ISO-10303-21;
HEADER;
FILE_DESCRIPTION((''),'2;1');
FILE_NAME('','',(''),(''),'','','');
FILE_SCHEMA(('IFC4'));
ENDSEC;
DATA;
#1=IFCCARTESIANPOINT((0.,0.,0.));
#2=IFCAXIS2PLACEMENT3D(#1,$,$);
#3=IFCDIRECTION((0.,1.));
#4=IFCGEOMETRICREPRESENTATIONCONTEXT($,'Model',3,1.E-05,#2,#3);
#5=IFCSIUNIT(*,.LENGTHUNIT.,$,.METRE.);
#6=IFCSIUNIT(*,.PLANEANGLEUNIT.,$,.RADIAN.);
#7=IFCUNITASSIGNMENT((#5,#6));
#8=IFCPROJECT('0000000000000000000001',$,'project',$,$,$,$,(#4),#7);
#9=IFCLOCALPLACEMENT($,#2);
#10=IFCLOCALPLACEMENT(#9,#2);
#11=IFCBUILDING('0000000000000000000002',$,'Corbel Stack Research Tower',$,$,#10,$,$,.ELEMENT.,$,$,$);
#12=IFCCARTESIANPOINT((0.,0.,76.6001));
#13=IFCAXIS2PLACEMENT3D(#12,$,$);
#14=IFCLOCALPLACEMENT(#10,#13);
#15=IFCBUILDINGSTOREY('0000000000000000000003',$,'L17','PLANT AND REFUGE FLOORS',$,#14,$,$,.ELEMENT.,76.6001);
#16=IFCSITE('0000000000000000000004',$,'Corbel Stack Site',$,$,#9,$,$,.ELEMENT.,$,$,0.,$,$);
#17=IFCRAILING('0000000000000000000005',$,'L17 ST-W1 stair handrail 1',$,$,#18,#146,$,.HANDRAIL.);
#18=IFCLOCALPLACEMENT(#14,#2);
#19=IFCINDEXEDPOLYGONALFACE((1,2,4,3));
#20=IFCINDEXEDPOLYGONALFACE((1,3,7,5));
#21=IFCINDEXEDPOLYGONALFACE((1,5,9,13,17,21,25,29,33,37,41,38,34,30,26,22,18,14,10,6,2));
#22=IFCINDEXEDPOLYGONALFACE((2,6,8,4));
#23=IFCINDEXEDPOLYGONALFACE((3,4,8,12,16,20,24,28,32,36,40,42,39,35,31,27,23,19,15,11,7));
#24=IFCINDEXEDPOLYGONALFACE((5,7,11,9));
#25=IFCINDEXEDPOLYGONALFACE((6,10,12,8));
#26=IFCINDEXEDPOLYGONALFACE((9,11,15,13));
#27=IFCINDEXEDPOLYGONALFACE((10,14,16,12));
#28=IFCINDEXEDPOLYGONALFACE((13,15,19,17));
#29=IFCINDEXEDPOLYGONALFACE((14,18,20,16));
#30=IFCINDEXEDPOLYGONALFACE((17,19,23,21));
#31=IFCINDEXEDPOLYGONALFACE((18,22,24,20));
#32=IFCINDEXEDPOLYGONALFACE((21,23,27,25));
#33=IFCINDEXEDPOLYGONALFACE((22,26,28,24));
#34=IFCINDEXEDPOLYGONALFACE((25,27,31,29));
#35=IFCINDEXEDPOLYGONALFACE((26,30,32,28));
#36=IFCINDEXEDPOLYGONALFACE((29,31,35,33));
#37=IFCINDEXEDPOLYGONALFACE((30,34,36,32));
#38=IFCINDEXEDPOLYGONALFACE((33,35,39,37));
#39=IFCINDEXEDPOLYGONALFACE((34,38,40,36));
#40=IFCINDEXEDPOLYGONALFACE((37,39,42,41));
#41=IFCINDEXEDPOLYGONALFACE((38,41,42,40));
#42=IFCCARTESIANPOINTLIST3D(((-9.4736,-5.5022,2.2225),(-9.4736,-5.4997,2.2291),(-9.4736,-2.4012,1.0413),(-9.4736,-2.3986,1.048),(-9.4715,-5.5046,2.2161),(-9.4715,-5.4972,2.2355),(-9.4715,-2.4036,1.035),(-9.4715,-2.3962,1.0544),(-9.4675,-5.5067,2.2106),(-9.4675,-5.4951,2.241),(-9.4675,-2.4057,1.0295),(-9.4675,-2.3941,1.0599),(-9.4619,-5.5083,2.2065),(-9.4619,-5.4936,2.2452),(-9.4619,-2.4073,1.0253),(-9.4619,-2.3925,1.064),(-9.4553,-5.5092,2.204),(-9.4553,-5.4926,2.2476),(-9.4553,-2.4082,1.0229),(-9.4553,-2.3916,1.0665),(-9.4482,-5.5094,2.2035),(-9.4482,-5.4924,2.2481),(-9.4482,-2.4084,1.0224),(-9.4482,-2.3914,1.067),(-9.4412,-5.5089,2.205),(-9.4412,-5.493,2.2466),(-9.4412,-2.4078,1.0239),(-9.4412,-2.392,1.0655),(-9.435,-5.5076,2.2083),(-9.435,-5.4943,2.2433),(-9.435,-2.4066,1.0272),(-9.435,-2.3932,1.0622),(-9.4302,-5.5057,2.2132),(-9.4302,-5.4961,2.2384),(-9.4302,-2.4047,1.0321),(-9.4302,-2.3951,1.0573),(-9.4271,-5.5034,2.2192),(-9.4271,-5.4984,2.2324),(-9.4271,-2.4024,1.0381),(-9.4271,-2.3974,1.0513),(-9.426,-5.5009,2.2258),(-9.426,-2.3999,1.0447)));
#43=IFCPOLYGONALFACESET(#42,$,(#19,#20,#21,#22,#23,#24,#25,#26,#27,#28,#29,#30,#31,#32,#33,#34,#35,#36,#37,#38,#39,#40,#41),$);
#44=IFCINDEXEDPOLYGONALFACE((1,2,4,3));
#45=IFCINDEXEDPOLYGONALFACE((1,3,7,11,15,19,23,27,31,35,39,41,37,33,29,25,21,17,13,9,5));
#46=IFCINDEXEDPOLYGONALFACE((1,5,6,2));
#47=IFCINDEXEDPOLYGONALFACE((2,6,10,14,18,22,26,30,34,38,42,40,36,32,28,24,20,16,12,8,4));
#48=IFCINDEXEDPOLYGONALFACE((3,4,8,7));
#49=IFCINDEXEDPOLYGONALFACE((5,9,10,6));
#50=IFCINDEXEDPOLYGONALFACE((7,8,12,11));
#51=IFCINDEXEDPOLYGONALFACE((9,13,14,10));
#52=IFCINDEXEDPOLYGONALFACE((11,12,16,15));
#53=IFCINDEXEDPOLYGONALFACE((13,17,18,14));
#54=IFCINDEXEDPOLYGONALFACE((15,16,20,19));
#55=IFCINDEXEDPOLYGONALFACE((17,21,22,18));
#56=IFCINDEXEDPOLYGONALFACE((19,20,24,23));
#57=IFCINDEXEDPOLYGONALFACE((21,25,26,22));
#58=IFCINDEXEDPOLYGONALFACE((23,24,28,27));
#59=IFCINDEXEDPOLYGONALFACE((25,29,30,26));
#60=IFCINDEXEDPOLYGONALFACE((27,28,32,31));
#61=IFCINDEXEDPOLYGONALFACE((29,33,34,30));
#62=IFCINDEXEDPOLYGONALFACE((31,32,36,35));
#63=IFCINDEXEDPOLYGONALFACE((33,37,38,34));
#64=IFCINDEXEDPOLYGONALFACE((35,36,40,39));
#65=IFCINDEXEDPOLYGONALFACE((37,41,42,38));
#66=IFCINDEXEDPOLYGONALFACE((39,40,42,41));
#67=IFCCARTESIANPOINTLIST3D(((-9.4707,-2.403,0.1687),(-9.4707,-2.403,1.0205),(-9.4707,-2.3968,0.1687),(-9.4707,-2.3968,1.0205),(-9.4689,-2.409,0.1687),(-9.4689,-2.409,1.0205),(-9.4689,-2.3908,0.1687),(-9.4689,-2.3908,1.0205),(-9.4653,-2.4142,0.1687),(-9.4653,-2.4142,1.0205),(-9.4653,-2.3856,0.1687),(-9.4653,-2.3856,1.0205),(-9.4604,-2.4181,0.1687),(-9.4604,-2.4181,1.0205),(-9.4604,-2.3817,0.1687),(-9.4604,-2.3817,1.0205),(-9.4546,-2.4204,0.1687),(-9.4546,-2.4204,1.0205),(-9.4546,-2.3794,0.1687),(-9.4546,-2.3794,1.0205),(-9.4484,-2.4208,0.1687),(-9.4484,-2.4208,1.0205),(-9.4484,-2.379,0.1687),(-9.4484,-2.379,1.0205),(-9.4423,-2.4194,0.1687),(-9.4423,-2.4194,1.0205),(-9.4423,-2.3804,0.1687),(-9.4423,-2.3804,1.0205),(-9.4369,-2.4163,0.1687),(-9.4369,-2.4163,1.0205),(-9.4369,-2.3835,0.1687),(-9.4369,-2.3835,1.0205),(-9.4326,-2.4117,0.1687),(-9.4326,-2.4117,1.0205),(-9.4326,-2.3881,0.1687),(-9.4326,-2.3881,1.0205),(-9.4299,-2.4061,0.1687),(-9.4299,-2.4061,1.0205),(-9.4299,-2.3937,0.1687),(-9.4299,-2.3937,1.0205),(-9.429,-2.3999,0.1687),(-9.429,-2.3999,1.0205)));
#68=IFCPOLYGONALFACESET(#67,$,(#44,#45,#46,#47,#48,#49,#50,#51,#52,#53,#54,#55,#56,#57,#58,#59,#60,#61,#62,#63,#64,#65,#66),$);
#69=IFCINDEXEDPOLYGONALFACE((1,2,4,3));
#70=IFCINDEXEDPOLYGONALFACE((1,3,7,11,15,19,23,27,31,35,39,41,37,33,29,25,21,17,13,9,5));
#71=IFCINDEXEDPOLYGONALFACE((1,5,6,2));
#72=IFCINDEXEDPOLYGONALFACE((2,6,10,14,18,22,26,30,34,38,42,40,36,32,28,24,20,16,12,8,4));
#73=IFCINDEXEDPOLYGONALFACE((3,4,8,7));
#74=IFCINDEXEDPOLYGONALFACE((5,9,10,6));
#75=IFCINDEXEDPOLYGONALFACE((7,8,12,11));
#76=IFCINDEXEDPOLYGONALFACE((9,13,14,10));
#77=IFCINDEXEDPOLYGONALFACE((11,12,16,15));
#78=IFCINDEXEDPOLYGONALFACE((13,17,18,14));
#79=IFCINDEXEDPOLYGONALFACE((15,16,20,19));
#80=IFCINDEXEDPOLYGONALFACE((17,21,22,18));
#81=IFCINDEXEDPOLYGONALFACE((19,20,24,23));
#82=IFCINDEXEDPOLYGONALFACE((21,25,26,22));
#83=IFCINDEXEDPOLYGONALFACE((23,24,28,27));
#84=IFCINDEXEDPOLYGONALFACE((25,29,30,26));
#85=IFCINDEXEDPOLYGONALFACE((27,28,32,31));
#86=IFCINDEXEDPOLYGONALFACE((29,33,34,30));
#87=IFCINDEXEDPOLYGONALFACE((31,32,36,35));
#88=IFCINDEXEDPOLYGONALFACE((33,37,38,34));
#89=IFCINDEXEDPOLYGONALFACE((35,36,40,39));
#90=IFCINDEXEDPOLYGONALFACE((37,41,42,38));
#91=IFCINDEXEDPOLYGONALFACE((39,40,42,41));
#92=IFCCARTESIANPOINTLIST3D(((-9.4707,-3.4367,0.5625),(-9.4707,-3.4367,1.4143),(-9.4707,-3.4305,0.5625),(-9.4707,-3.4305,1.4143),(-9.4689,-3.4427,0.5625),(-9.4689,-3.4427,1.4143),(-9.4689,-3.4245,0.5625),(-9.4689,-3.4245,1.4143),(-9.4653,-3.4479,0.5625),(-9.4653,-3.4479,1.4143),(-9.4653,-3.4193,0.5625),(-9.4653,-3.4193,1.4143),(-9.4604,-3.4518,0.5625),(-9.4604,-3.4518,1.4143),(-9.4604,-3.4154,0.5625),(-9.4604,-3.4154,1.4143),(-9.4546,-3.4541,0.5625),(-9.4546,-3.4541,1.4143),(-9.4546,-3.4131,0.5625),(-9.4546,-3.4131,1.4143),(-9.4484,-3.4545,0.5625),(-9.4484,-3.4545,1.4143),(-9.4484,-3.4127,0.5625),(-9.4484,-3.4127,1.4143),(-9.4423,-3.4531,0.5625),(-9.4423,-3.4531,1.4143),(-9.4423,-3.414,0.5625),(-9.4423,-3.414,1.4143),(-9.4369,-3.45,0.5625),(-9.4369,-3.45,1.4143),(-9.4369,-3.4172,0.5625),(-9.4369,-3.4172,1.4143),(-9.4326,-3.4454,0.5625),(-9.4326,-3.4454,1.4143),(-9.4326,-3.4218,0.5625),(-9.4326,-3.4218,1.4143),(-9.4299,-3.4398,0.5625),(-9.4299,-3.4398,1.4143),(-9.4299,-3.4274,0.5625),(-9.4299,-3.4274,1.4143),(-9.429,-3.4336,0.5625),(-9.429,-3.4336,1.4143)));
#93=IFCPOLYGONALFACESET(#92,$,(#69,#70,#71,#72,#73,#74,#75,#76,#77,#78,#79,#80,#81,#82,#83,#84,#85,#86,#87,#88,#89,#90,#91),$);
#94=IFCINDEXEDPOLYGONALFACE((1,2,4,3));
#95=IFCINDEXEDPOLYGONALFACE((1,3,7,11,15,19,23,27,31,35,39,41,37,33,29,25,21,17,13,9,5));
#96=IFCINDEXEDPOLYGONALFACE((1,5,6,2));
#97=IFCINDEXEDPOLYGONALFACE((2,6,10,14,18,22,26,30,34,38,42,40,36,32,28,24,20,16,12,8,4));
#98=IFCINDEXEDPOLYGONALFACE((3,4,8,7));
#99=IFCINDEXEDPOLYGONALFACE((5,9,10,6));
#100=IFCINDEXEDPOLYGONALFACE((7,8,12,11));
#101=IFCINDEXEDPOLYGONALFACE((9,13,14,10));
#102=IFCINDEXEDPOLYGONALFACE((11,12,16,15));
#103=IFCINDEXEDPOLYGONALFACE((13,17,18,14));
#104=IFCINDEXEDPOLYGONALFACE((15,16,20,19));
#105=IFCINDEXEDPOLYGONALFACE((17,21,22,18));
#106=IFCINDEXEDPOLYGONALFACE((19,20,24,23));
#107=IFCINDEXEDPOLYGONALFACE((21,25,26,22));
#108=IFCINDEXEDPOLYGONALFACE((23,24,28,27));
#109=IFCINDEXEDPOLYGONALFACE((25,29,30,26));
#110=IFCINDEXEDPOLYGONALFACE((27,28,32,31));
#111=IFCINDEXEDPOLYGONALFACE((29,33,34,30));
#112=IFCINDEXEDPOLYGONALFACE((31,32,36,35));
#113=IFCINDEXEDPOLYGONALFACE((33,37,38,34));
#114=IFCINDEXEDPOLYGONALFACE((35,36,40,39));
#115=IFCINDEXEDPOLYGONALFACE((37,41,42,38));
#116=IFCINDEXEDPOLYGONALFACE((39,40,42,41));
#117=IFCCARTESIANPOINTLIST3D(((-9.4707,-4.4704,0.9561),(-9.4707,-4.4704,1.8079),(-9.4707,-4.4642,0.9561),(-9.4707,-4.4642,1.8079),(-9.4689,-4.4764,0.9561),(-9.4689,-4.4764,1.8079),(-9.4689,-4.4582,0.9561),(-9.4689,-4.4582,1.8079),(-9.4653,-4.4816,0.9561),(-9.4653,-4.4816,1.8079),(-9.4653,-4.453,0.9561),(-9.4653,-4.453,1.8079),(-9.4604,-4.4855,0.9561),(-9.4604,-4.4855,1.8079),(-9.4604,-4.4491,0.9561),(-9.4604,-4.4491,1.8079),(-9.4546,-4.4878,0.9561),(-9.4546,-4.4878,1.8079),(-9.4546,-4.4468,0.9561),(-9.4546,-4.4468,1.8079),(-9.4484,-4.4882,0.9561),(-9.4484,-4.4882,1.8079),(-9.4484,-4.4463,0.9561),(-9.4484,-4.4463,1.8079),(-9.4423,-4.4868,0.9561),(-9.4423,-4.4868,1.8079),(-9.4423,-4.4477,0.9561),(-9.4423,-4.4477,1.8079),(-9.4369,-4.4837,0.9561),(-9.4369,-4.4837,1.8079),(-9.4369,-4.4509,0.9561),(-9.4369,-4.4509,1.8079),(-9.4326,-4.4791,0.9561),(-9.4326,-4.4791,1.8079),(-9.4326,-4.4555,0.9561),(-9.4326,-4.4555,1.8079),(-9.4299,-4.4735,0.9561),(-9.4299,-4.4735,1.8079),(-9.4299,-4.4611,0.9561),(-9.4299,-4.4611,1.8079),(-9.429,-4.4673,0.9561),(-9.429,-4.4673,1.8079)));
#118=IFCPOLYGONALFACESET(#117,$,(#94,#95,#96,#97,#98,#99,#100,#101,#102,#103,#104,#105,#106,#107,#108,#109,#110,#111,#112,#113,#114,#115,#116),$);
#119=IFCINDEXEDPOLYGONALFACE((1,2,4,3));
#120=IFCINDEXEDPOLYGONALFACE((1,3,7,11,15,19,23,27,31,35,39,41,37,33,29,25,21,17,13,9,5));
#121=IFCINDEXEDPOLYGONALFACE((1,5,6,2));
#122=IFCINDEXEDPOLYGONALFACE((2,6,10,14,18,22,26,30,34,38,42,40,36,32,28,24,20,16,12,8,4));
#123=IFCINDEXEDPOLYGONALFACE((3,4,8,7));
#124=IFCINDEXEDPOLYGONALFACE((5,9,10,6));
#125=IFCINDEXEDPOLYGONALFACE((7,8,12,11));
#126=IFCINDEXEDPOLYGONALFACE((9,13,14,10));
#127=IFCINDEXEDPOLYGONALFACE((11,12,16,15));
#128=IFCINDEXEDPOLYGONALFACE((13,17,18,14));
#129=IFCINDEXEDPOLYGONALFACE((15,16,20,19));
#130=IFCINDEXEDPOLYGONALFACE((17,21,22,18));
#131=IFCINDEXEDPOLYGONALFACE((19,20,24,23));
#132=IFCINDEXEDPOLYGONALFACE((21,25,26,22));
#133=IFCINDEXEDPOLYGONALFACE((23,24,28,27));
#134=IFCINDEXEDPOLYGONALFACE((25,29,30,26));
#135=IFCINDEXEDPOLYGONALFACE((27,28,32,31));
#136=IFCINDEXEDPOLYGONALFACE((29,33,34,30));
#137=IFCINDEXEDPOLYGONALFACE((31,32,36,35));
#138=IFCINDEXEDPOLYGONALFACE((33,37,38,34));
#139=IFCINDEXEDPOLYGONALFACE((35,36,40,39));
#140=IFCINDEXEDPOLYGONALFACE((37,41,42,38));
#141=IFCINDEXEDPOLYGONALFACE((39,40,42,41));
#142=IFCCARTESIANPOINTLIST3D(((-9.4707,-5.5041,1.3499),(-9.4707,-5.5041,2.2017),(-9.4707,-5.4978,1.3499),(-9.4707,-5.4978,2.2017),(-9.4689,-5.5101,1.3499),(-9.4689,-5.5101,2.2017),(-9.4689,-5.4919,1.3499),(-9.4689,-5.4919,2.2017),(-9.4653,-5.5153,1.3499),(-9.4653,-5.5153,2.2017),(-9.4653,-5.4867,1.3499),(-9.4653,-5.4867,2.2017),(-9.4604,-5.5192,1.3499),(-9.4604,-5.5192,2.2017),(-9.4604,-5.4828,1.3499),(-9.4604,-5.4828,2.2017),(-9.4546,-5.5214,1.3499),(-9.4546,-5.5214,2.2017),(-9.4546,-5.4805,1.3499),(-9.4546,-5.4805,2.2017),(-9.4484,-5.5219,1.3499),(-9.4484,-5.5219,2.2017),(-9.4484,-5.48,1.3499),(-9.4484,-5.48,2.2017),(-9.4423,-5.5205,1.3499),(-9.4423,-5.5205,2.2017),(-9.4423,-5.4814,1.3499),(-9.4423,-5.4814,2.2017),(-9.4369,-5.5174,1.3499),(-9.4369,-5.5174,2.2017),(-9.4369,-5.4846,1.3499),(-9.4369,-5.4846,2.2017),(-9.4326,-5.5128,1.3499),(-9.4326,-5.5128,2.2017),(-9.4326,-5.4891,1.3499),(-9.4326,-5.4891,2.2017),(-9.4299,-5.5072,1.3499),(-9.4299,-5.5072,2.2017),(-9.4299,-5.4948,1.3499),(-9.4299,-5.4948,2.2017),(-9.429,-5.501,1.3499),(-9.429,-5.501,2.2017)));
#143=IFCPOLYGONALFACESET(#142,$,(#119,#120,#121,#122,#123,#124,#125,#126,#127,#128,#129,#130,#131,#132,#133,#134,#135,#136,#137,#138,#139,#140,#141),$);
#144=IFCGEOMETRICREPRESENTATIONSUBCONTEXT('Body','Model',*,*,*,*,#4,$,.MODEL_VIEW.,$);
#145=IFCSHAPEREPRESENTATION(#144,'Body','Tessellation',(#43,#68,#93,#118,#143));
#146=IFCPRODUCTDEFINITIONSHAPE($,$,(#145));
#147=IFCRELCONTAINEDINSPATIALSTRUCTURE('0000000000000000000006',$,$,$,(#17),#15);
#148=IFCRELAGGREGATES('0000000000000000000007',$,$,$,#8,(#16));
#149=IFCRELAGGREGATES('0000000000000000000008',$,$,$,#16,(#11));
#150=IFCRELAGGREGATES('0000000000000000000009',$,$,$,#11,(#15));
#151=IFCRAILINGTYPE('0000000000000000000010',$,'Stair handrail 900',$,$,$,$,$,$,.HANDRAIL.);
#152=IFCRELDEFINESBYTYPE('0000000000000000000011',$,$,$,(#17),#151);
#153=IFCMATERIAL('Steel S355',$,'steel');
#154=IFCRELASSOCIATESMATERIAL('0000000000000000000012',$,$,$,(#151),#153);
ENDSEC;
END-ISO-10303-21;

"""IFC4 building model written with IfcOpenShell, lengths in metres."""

from ifc_helpers import new_model, si_unit, direction, frame, origin, origin_2d, place, context, subcontext, project, spatial, circle, extrude, material, type_object, element, save


model = new_model("IFC4")

# Units and contexts
model_context = context("Model", 3, precision=1e-05, world=origin(), true_north=direction((0.0, 1.0)))
body_context = subcontext(model_context, "Body", "Model", "MODEL_VIEW")
ifc_project = project(units=[si_unit("LENGTHUNIT", "METRE"), si_unit("PLANEANGLEUNIT", "RADIAN")], contexts=[model_context])

# Site, building, storey
site_placement = place(None, origin())
site = spatial("IfcSite", under=ifc_project, at=site_placement, Name="Corbel Stack Site", CompositionType="ELEMENT", RefElevation=0.0)
building_placement = place(site_placement, origin())
building = spatial("IfcBuilding", under=site, at=building_placement, Name="Corbel Stack Research Tower", CompositionType="ELEMENT")
storey_placement = place(building_placement, frame((0.0, 0.0, 76.6001)))
storey = spatial("IfcBuildingStorey", under=building, at=storey_placement, Name="L17", Description="PLANT AND REFUGE FLOORS", CompositionType="ELEMENT", Elevation=76.6001)

# Railing
ifc_material_1 = material(Name="Steel S355", Category="steel")
railing_type_1 = type_object("IfcRailingType", Name="Stair handrail 900", PredefinedType="HANDRAIL", material=ifc_material_1)
for number, where, name in (
    (1, (-9.45, -2.3999, 0.1687), "L17 ST-W1 stair handrail 1"),
):
    element("IfcRailing", number, at=place(storey_placement, frame(where)), inside=storey, type_object=railing_type_1, Name=name, PredefinedType="HANDRAIL", context=body_context, shape_type="SweptSolid", body=[
        extrude(circle(Radius=0.0239, at=origin_2d()), frame((0.0, 0.0, 0.876), z_axis=(0.0, -0.934509, 0.35594), x_axis=(1.0, 0.0, 0.0)), (0.0, 0.0, 1.0), 3.3184),
        extrude(circle(Radius=0.021, at=origin_2d()), origin(), (0.0, 0.0, 1.0), 0.8518),
        extrude(circle(Radius=0.021, at=origin_2d()), frame((0.0, -1.0337, 0.3938)), (0.0, 0.0, 1.0), 0.8518),
        extrude(circle(Radius=0.021, at=origin_2d()), frame((0.0, -2.0674, 0.7874)), (0.0, 0.0, 1.0), 0.8518),
        extrude(circle(Radius=0.021, at=origin_2d()), frame((0.0, -3.1011, 1.1812)), (0.0, 0.0, 1.0), 0.8518),
    ])

save(model, "model.ifc")
